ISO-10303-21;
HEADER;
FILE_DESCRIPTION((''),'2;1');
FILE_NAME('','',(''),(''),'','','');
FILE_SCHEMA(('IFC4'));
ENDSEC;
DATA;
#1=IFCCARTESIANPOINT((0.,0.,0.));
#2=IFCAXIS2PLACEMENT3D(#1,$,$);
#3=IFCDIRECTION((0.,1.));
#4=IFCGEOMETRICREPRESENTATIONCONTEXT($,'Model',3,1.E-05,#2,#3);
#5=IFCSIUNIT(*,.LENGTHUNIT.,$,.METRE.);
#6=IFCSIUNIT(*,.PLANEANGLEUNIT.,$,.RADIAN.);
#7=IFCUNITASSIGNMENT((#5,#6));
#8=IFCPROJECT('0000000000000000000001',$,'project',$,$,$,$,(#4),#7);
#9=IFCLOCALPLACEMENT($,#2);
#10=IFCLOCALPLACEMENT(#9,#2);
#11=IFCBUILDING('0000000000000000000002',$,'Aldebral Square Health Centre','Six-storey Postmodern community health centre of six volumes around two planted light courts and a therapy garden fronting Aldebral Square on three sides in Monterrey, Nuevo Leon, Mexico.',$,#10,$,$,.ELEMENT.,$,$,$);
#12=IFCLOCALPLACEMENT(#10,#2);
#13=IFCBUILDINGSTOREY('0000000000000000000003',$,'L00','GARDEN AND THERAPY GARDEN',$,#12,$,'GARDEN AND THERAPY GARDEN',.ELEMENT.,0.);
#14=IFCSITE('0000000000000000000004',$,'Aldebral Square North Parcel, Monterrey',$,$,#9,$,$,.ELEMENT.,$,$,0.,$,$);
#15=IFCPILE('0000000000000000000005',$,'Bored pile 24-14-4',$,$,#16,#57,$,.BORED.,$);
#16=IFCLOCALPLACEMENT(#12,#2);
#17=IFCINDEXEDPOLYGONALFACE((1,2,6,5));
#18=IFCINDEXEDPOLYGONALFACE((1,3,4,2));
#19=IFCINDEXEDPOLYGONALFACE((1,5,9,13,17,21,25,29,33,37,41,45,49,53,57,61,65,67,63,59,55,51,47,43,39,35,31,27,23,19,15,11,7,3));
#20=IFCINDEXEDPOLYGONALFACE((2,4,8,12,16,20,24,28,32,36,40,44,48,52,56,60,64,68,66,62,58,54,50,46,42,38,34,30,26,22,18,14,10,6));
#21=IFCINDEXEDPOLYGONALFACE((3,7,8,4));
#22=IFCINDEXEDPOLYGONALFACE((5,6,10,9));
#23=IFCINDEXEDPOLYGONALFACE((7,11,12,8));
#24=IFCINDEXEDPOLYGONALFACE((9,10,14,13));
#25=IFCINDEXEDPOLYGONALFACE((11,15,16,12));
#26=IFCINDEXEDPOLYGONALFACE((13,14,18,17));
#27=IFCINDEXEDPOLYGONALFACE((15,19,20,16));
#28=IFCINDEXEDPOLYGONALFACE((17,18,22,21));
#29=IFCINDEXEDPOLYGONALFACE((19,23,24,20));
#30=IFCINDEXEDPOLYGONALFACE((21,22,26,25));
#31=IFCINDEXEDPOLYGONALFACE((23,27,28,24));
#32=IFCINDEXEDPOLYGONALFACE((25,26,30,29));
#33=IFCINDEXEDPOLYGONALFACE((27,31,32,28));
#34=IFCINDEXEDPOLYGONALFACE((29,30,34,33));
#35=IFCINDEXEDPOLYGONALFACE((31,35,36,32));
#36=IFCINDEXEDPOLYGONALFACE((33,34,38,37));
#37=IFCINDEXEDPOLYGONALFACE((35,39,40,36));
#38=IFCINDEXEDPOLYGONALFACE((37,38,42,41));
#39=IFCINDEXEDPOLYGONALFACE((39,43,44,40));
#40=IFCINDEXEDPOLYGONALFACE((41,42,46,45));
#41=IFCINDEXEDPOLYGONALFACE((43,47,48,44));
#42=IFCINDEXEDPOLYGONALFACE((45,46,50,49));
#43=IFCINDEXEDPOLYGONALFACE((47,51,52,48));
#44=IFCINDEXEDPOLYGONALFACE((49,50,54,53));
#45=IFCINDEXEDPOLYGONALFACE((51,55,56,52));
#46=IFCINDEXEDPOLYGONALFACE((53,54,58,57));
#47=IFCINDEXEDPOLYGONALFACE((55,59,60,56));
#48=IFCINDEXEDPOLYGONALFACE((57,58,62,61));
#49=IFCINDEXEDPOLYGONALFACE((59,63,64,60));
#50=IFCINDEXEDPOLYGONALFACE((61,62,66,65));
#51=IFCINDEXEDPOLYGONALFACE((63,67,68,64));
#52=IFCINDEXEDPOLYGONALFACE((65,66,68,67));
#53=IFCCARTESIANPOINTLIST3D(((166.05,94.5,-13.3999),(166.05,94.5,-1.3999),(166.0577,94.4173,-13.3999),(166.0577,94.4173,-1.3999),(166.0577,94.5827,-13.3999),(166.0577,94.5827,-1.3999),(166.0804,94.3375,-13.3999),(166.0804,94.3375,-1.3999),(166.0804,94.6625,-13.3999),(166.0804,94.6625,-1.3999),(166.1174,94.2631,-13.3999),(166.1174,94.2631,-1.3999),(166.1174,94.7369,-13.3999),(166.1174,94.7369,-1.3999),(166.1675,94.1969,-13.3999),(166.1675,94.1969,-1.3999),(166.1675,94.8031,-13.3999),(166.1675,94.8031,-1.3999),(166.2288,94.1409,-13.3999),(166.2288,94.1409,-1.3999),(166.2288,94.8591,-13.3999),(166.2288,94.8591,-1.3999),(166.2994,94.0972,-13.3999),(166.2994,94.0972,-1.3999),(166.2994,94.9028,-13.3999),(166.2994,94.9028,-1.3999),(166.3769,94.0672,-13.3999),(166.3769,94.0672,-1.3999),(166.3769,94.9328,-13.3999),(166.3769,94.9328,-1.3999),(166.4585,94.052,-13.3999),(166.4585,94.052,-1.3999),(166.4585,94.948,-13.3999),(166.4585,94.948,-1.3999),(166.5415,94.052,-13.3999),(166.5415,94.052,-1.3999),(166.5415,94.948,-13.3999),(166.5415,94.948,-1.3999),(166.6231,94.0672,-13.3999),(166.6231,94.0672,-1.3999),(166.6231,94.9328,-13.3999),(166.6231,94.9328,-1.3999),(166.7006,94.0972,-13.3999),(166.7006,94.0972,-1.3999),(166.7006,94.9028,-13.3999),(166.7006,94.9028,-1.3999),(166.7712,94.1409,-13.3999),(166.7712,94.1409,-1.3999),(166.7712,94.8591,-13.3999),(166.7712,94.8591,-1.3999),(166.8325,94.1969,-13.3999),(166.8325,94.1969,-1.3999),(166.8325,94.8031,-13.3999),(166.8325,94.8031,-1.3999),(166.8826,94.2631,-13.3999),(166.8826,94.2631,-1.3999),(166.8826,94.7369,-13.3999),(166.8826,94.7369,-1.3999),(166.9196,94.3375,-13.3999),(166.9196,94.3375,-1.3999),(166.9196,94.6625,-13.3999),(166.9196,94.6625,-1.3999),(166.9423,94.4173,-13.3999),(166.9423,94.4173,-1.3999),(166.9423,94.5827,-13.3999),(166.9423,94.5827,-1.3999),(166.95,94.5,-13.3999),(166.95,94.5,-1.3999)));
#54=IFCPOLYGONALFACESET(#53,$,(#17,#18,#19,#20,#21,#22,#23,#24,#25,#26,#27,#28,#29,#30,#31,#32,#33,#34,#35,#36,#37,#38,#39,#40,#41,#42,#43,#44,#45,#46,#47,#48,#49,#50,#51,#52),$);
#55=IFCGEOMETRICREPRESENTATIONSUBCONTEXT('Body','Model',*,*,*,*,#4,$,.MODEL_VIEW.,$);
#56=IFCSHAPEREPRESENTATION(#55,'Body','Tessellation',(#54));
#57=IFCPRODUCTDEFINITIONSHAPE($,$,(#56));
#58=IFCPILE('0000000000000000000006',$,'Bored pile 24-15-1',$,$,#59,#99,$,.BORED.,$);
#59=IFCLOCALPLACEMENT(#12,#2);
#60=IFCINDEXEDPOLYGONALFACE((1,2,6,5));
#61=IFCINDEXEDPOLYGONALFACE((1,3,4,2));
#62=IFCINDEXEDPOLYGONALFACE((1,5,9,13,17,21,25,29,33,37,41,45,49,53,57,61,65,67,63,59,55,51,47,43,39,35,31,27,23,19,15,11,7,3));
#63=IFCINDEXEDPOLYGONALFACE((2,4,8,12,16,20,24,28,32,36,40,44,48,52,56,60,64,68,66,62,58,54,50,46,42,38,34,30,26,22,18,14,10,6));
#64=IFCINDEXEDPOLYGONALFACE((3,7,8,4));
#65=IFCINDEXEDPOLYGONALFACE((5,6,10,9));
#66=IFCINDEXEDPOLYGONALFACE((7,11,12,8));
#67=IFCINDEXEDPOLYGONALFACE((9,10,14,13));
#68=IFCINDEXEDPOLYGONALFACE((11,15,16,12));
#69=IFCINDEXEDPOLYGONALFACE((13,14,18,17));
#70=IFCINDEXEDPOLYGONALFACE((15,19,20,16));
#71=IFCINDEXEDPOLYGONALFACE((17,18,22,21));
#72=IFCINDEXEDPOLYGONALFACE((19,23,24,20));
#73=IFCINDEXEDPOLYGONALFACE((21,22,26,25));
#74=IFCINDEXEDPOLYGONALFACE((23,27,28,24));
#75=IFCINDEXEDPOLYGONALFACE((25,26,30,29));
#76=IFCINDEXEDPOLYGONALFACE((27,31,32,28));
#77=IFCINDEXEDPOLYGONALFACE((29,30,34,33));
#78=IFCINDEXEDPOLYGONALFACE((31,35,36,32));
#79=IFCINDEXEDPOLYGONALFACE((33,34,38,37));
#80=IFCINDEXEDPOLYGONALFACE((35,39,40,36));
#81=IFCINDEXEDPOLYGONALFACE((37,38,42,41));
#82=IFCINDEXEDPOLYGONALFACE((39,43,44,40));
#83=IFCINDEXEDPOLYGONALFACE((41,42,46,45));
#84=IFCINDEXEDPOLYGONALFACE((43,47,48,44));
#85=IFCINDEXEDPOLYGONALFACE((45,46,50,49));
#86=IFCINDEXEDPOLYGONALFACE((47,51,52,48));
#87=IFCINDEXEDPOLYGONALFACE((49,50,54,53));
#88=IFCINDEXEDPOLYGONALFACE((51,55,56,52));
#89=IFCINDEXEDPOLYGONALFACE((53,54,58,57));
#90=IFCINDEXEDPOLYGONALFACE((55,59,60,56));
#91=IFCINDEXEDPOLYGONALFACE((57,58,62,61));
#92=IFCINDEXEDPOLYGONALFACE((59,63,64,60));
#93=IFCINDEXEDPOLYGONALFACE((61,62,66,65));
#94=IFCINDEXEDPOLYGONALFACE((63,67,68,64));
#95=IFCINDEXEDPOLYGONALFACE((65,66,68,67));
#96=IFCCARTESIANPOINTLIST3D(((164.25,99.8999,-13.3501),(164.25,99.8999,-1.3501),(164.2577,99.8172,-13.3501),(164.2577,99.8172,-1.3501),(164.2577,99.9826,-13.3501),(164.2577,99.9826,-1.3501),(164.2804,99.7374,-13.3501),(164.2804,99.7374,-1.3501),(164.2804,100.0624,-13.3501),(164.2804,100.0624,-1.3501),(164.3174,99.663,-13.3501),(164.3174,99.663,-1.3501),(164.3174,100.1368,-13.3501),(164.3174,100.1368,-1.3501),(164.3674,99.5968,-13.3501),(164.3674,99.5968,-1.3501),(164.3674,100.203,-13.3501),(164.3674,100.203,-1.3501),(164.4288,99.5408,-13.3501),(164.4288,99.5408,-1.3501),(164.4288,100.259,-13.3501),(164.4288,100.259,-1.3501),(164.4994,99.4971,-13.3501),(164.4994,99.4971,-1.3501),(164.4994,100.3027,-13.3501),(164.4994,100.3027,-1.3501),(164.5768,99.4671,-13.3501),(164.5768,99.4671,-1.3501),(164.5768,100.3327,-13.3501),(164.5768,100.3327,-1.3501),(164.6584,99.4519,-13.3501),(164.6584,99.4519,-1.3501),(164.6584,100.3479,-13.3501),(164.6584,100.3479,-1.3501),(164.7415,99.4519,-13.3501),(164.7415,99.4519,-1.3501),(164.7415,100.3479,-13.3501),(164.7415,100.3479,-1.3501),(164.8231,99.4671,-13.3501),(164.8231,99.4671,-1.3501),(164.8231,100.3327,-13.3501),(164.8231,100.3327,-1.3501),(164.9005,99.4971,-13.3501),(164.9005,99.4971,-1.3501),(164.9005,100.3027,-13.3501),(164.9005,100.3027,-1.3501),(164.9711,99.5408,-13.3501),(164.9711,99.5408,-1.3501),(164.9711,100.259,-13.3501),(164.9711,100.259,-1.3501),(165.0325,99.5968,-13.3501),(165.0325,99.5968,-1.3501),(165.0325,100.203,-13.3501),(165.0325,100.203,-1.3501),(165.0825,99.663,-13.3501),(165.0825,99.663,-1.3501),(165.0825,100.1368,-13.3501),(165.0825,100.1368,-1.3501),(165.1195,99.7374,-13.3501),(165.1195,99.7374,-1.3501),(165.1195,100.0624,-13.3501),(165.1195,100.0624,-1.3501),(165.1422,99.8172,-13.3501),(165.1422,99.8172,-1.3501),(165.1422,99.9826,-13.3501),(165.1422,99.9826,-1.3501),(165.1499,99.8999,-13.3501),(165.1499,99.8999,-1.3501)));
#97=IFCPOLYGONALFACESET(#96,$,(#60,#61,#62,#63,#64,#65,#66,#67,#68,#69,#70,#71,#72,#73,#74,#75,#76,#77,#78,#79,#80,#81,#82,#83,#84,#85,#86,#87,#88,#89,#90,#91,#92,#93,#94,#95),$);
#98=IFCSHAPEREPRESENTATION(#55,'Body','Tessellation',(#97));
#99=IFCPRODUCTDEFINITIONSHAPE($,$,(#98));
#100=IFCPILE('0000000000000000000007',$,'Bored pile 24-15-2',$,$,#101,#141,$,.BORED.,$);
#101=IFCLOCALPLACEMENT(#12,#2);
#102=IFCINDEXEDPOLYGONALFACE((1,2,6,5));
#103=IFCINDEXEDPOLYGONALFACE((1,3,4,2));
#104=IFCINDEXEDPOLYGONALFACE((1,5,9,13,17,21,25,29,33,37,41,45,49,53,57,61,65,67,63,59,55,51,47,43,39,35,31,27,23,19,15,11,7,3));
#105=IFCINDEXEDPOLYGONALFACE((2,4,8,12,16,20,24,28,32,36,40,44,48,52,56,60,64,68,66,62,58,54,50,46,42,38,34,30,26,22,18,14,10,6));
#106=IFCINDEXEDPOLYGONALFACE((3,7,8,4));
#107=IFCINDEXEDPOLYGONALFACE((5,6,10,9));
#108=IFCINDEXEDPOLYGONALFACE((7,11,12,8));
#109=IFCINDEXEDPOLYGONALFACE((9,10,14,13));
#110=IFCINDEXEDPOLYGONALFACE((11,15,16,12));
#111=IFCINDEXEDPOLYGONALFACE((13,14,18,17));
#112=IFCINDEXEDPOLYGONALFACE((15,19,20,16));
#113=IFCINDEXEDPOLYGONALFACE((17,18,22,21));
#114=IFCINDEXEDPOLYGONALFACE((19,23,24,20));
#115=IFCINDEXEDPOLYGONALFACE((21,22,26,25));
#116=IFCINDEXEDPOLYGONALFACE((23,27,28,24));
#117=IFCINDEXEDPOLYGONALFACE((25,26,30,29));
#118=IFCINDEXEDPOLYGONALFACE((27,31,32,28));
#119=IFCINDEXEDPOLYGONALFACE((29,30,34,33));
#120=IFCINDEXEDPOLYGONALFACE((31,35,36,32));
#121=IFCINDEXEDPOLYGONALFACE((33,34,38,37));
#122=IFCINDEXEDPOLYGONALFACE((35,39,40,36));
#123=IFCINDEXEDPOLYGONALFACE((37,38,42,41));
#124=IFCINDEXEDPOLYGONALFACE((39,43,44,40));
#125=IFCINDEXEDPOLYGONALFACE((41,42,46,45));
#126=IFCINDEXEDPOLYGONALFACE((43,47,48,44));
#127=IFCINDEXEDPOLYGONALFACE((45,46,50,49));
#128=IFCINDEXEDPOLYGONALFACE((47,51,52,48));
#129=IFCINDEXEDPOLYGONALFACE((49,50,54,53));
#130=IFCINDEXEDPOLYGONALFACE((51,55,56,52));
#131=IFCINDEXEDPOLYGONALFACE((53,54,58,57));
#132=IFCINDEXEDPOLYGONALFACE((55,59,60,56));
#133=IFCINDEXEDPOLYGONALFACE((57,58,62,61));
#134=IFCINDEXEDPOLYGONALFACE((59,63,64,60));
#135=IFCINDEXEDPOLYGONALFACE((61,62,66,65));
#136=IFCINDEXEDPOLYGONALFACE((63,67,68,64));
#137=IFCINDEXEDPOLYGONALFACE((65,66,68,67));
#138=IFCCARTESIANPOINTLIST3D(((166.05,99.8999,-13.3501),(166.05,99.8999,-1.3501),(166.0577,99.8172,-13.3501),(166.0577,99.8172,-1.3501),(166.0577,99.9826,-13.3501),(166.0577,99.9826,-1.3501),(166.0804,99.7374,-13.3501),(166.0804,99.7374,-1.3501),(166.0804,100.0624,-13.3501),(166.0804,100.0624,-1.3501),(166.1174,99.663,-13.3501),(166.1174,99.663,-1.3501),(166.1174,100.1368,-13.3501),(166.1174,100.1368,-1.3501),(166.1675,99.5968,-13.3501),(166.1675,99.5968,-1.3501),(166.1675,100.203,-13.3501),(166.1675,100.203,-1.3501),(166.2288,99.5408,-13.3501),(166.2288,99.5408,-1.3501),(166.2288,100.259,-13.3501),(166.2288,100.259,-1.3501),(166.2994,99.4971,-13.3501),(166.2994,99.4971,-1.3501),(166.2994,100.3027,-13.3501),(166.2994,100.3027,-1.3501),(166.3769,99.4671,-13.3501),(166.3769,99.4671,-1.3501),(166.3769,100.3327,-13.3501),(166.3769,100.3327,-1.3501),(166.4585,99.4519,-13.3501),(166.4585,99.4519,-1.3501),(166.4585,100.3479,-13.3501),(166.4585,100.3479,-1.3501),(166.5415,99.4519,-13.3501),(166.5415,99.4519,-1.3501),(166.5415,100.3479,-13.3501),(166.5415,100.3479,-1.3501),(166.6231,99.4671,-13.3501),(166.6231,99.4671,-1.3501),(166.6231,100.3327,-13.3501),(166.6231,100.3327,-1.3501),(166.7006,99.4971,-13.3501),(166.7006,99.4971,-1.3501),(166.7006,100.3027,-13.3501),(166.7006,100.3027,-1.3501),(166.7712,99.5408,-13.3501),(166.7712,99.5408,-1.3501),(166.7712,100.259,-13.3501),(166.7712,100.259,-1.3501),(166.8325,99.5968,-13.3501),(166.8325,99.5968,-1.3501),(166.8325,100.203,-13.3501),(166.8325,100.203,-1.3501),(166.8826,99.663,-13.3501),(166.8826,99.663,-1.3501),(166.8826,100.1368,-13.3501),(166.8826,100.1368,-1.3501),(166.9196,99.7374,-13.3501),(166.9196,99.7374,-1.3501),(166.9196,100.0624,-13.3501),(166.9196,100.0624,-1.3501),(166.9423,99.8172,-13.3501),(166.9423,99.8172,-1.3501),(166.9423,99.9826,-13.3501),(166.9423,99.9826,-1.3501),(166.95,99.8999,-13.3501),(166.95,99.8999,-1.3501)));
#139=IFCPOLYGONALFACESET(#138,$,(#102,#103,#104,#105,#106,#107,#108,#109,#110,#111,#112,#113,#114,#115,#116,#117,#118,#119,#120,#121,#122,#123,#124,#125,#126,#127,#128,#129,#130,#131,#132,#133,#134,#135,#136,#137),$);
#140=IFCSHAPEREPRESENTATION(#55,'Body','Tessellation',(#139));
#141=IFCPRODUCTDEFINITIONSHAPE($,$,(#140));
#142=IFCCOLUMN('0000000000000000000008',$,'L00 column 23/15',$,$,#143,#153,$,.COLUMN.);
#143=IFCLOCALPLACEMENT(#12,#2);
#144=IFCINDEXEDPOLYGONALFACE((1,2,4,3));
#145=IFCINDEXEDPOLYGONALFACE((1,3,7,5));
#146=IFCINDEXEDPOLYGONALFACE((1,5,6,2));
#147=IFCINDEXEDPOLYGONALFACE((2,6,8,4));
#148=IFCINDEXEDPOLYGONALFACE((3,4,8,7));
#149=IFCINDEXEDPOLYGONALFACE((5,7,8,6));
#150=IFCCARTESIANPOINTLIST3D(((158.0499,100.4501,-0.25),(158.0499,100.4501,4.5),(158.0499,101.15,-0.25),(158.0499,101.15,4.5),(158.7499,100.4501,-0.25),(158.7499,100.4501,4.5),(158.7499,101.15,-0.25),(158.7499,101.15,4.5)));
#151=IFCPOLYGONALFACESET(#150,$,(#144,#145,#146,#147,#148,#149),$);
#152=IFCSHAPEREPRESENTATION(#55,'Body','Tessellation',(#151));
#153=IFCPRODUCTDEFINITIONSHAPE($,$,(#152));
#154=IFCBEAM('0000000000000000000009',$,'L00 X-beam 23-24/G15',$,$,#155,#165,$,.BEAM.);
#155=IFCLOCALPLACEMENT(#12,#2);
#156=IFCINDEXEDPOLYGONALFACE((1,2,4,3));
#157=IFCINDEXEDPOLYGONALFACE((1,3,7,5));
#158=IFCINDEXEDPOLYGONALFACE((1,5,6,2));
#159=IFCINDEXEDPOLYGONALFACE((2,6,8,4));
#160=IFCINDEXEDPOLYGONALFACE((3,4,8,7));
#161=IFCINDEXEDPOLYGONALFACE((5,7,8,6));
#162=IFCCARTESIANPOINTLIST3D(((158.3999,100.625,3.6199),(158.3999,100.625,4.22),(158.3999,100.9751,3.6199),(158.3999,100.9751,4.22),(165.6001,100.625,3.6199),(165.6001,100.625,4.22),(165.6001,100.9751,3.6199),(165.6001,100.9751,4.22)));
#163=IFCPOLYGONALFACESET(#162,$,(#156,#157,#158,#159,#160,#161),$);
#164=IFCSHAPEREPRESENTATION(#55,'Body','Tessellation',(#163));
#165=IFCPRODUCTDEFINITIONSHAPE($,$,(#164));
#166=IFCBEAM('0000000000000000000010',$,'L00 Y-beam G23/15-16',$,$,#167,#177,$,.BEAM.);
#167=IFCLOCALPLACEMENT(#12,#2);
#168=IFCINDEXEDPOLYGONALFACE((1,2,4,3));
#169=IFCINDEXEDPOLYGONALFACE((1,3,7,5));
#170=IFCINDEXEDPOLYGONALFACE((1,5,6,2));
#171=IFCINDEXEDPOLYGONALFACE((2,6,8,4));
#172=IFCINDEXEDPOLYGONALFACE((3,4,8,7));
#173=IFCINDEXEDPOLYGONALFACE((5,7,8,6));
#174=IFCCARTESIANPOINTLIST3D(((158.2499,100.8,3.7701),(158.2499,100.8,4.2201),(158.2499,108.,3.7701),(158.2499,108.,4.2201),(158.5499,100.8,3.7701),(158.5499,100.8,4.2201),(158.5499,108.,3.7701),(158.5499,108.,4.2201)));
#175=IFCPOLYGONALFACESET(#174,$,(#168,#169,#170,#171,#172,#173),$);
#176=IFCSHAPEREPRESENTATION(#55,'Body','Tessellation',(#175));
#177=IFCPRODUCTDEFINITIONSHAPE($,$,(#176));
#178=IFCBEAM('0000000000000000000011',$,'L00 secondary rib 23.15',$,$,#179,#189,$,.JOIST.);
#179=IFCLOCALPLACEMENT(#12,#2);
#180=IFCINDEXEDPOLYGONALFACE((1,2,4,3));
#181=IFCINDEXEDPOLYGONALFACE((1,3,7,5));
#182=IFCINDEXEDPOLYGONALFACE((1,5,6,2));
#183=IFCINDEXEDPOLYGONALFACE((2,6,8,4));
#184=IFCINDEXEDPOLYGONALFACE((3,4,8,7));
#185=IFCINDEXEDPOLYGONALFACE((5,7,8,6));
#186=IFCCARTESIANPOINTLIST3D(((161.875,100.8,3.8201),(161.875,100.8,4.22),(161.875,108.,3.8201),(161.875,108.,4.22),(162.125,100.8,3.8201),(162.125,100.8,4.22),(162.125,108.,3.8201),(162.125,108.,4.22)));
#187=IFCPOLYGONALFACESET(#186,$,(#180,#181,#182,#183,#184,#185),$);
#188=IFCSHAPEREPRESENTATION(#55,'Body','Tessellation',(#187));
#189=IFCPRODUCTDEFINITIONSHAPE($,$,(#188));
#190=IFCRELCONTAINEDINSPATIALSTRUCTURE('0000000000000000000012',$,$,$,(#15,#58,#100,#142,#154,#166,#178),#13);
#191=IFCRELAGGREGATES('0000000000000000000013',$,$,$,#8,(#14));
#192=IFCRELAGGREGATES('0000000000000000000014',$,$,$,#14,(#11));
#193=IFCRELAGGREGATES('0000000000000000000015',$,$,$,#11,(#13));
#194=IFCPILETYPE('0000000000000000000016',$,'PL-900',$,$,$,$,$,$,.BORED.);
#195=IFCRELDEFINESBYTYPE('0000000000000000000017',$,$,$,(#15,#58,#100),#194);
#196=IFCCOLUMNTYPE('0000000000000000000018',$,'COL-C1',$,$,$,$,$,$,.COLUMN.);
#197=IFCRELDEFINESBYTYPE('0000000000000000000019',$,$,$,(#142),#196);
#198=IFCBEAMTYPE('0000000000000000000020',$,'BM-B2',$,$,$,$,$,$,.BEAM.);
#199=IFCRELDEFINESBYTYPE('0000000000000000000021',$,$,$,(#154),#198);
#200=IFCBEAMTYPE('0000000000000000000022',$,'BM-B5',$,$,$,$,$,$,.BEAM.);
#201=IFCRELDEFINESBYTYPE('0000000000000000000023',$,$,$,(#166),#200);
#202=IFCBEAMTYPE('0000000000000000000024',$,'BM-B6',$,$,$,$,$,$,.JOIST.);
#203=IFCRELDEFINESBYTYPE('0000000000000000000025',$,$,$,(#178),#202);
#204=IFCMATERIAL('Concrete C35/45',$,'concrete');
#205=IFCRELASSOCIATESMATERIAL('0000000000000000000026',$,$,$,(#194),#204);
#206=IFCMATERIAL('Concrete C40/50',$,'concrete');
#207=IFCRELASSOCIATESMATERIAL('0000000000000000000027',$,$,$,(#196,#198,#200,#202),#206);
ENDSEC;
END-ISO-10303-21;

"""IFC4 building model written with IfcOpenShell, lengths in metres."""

from ifc_helpers import new_model, si_unit, direction, frame, origin, origin_2d, place, context, subcontext, project, spatial, rectangle, circle, extrude, material, material_profile, profile_set, type_object, element, save


model = new_model("IFC4")

# Units and contexts
model_context = context("Model", 3, precision=1e-05, world=origin(), true_north=direction((0.0, 1.0)))
body_context = subcontext(model_context, "Body", "Model", "MODEL_VIEW")
ifc_project = project(units=[si_unit("LENGTHUNIT", "METRE"), si_unit("PLANEANGLEUNIT", "RADIAN")], contexts=[model_context])

# Site, building, storey
site_placement = place(None, origin())
site = spatial("IfcSite", under=ifc_project, at=site_placement, Name="Aldebral Square North Parcel, Monterrey", CompositionType="ELEMENT", RefElevation=0.0)
building_placement = place(site_placement, origin())
building = spatial("IfcBuilding", under=site, at=building_placement, Name="Aldebral Square Health Centre", Description="Six-storey Postmodern community health centre of six volumes around two planted light courts and a therapy garden fronting Aldebral Square on three sides in Monterrey, Nuevo Leon, Mexico.", CompositionType="ELEMENT")
storey_placement = place(building_placement, origin())
storey = spatial("IfcBuildingStorey", under=building, at=storey_placement, Name="L00", Description="GARDEN AND THERAPY GARDEN", LongName="GARDEN AND THERAPY GARDEN", CompositionType="ELEMENT", Elevation=0.0)

# Shared definitions
ifc_material_1 = material(Name="Concrete C35/45", Category="concrete")

# Piles
ifc_material_profile_1 = material_profile(ifc_material_1, circle(Radius=0.45, at=origin_2d()), Name="PILE D900")
ifc_profile_set_1 = profile_set([ifc_material_profile_1], Name="Concrete C35/45")
pile_type = type_object("IfcPileType", Name="PL-900", PredefinedType="BORED", material=ifc_profile_set_1)
for number, where, z_axis, x_axis, name in (
    (1, (166.5, 94.5, -1.3999), (0.0, 0.0, -1.0), (1.0, 0.0, 0.0), "Bored pile 24-14-4"),
    (2, (164.7, 99.8999, -1.3501), (0.0, 0.0, -1.0), (1.0, 0.0, 0.0), "Bored pile 24-15-1"),
    (3, (166.5, 99.8999, -1.3501), (0.0, 0.0, -1.0), (1.0, 0.0, 0.0), "Bored pile 24-15-2"),
):
    element("IfcPile", number, at=place(storey_placement, frame(where, z_axis=z_axis, x_axis=x_axis)), inside=storey, type_object=pile_type, Name=name, PredefinedType="BORED", context=body_context, shape_type="SweptSolid", body=[
        extrude(circle(Radius=0.45, at=origin_2d()), origin(), (0.0, 0.0, 1.0), 12.0),
    ])

# Column
ifc_material_2 = material(Name="Concrete C40/50", Category="concrete")
ifc_material_profile_2 = material_profile(ifc_material_2, rectangle(XDim=0.7, YDim=0.7, at=origin_2d()), Name="RC 700x700")
ifc_profile_set_2 = profile_set([ifc_material_profile_2], Name="Concrete C40/50")
column_type = type_object("IfcColumnType", Name="COL-C1", PredefinedType="COLUMN", material=ifc_profile_set_2)
column_placement = place(storey_placement, frame((158.3999, 100.8, -0.25), z_axis=(0.0, 0.0, 1.0), x_axis=(1.0, 0.0, 0.0)))
element("IfcColumn", 4, at=column_placement, inside=storey, type_object=column_type, Name="L00 column 23/15", PredefinedType="COLUMN", context=body_context, shape_type="SweptSolid", body=[
    extrude(rectangle(XDim=0.7, YDim=0.7, at=origin_2d()), origin(), (0.0, 0.0, 1.0), 4.75),
])

# Beams
ifc_material_profile_3 = material_profile(ifc_material_2, rectangle(XDim=0.3501, YDim=0.6001, at=origin_2d()), Name="RC 350x600")
ifc_profile_set_3 = profile_set([ifc_material_profile_3], Name="Concrete C40/50")
beam_type_1 = type_object("IfcBeamType", Name="BM-B2", PredefinedType="BEAM", material=ifc_profile_set_3)
beam_1_placement = place(storey_placement, frame((158.3999, 100.8, 3.9199), z_axis=(1.0, 0.0, 0.0), x_axis=(0.0, 1.0, 0.0)))
element("IfcBeam", 5, at=beam_1_placement, inside=storey, type_object=beam_type_1, Name="L00 X-beam 23-24/G15", PredefinedType="BEAM", context=body_context, shape_type="SweptSolid", body=[
    extrude(rectangle(XDim=0.3501, YDim=0.6001, at=origin_2d()), origin(), (0.0, 0.0, 1.0), 7.2002),
])
ifc_material_profile_4 = material_profile(ifc_material_2, rectangle(XDim=0.3, YDim=0.45, at=origin_2d()), Name="RC 300x450")
ifc_profile_set_4 = profile_set([ifc_material_profile_4], Name="Concrete C40/50")
beam_type_2 = type_object("IfcBeamType", Name="BM-B5", PredefinedType="BEAM", material=ifc_profile_set_4)
beam_2_placement = place(storey_placement, frame((158.3999, 100.8, 3.9951), z_axis=(0.0, 1.0, 0.0), x_axis=(-1.0, 0.0, 0.0)))
element("IfcBeam", 6, at=beam_2_placement, inside=storey, type_object=beam_type_2, Name="L00 Y-beam G23/15-16", PredefinedType="BEAM", context=body_context, shape_type="SweptSolid", body=[
    extrude(rectangle(XDim=0.3, YDim=0.45, at=origin_2d()), origin(), (0.0, 0.0, 1.0), 7.2),
])
ifc_material_profile_5 = material_profile(ifc_material_2, rectangle(XDim=0.25, YDim=0.3999, at=origin_2d()), Name="RC 250x400")
ifc_profile_set_5 = profile_set([ifc_material_profile_5], Name="Concrete C40/50")
beam_type_3 = type_object("IfcBeamType", Name="BM-B6", PredefinedType="JOIST", material=ifc_profile_set_5)
beam_3_placement = place(storey_placement, frame((162.0, 100.8, 4.02), z_axis=(0.0, 1.0, 0.0), x_axis=(-1.0, 0.0, 0.0)))
element("IfcBeam", 7, at=beam_3_placement, inside=storey, type_object=beam_type_3, Name="L00 secondary rib 23.15", PredefinedType="JOIST", context=body_context, shape_type="SweptSolid", body=[
    extrude(rectangle(XDim=0.25, YDim=0.3999, at=origin_2d()), origin(), (0.0, 0.0, 1.0), 7.2),
])

save(model, "model.ifc")
